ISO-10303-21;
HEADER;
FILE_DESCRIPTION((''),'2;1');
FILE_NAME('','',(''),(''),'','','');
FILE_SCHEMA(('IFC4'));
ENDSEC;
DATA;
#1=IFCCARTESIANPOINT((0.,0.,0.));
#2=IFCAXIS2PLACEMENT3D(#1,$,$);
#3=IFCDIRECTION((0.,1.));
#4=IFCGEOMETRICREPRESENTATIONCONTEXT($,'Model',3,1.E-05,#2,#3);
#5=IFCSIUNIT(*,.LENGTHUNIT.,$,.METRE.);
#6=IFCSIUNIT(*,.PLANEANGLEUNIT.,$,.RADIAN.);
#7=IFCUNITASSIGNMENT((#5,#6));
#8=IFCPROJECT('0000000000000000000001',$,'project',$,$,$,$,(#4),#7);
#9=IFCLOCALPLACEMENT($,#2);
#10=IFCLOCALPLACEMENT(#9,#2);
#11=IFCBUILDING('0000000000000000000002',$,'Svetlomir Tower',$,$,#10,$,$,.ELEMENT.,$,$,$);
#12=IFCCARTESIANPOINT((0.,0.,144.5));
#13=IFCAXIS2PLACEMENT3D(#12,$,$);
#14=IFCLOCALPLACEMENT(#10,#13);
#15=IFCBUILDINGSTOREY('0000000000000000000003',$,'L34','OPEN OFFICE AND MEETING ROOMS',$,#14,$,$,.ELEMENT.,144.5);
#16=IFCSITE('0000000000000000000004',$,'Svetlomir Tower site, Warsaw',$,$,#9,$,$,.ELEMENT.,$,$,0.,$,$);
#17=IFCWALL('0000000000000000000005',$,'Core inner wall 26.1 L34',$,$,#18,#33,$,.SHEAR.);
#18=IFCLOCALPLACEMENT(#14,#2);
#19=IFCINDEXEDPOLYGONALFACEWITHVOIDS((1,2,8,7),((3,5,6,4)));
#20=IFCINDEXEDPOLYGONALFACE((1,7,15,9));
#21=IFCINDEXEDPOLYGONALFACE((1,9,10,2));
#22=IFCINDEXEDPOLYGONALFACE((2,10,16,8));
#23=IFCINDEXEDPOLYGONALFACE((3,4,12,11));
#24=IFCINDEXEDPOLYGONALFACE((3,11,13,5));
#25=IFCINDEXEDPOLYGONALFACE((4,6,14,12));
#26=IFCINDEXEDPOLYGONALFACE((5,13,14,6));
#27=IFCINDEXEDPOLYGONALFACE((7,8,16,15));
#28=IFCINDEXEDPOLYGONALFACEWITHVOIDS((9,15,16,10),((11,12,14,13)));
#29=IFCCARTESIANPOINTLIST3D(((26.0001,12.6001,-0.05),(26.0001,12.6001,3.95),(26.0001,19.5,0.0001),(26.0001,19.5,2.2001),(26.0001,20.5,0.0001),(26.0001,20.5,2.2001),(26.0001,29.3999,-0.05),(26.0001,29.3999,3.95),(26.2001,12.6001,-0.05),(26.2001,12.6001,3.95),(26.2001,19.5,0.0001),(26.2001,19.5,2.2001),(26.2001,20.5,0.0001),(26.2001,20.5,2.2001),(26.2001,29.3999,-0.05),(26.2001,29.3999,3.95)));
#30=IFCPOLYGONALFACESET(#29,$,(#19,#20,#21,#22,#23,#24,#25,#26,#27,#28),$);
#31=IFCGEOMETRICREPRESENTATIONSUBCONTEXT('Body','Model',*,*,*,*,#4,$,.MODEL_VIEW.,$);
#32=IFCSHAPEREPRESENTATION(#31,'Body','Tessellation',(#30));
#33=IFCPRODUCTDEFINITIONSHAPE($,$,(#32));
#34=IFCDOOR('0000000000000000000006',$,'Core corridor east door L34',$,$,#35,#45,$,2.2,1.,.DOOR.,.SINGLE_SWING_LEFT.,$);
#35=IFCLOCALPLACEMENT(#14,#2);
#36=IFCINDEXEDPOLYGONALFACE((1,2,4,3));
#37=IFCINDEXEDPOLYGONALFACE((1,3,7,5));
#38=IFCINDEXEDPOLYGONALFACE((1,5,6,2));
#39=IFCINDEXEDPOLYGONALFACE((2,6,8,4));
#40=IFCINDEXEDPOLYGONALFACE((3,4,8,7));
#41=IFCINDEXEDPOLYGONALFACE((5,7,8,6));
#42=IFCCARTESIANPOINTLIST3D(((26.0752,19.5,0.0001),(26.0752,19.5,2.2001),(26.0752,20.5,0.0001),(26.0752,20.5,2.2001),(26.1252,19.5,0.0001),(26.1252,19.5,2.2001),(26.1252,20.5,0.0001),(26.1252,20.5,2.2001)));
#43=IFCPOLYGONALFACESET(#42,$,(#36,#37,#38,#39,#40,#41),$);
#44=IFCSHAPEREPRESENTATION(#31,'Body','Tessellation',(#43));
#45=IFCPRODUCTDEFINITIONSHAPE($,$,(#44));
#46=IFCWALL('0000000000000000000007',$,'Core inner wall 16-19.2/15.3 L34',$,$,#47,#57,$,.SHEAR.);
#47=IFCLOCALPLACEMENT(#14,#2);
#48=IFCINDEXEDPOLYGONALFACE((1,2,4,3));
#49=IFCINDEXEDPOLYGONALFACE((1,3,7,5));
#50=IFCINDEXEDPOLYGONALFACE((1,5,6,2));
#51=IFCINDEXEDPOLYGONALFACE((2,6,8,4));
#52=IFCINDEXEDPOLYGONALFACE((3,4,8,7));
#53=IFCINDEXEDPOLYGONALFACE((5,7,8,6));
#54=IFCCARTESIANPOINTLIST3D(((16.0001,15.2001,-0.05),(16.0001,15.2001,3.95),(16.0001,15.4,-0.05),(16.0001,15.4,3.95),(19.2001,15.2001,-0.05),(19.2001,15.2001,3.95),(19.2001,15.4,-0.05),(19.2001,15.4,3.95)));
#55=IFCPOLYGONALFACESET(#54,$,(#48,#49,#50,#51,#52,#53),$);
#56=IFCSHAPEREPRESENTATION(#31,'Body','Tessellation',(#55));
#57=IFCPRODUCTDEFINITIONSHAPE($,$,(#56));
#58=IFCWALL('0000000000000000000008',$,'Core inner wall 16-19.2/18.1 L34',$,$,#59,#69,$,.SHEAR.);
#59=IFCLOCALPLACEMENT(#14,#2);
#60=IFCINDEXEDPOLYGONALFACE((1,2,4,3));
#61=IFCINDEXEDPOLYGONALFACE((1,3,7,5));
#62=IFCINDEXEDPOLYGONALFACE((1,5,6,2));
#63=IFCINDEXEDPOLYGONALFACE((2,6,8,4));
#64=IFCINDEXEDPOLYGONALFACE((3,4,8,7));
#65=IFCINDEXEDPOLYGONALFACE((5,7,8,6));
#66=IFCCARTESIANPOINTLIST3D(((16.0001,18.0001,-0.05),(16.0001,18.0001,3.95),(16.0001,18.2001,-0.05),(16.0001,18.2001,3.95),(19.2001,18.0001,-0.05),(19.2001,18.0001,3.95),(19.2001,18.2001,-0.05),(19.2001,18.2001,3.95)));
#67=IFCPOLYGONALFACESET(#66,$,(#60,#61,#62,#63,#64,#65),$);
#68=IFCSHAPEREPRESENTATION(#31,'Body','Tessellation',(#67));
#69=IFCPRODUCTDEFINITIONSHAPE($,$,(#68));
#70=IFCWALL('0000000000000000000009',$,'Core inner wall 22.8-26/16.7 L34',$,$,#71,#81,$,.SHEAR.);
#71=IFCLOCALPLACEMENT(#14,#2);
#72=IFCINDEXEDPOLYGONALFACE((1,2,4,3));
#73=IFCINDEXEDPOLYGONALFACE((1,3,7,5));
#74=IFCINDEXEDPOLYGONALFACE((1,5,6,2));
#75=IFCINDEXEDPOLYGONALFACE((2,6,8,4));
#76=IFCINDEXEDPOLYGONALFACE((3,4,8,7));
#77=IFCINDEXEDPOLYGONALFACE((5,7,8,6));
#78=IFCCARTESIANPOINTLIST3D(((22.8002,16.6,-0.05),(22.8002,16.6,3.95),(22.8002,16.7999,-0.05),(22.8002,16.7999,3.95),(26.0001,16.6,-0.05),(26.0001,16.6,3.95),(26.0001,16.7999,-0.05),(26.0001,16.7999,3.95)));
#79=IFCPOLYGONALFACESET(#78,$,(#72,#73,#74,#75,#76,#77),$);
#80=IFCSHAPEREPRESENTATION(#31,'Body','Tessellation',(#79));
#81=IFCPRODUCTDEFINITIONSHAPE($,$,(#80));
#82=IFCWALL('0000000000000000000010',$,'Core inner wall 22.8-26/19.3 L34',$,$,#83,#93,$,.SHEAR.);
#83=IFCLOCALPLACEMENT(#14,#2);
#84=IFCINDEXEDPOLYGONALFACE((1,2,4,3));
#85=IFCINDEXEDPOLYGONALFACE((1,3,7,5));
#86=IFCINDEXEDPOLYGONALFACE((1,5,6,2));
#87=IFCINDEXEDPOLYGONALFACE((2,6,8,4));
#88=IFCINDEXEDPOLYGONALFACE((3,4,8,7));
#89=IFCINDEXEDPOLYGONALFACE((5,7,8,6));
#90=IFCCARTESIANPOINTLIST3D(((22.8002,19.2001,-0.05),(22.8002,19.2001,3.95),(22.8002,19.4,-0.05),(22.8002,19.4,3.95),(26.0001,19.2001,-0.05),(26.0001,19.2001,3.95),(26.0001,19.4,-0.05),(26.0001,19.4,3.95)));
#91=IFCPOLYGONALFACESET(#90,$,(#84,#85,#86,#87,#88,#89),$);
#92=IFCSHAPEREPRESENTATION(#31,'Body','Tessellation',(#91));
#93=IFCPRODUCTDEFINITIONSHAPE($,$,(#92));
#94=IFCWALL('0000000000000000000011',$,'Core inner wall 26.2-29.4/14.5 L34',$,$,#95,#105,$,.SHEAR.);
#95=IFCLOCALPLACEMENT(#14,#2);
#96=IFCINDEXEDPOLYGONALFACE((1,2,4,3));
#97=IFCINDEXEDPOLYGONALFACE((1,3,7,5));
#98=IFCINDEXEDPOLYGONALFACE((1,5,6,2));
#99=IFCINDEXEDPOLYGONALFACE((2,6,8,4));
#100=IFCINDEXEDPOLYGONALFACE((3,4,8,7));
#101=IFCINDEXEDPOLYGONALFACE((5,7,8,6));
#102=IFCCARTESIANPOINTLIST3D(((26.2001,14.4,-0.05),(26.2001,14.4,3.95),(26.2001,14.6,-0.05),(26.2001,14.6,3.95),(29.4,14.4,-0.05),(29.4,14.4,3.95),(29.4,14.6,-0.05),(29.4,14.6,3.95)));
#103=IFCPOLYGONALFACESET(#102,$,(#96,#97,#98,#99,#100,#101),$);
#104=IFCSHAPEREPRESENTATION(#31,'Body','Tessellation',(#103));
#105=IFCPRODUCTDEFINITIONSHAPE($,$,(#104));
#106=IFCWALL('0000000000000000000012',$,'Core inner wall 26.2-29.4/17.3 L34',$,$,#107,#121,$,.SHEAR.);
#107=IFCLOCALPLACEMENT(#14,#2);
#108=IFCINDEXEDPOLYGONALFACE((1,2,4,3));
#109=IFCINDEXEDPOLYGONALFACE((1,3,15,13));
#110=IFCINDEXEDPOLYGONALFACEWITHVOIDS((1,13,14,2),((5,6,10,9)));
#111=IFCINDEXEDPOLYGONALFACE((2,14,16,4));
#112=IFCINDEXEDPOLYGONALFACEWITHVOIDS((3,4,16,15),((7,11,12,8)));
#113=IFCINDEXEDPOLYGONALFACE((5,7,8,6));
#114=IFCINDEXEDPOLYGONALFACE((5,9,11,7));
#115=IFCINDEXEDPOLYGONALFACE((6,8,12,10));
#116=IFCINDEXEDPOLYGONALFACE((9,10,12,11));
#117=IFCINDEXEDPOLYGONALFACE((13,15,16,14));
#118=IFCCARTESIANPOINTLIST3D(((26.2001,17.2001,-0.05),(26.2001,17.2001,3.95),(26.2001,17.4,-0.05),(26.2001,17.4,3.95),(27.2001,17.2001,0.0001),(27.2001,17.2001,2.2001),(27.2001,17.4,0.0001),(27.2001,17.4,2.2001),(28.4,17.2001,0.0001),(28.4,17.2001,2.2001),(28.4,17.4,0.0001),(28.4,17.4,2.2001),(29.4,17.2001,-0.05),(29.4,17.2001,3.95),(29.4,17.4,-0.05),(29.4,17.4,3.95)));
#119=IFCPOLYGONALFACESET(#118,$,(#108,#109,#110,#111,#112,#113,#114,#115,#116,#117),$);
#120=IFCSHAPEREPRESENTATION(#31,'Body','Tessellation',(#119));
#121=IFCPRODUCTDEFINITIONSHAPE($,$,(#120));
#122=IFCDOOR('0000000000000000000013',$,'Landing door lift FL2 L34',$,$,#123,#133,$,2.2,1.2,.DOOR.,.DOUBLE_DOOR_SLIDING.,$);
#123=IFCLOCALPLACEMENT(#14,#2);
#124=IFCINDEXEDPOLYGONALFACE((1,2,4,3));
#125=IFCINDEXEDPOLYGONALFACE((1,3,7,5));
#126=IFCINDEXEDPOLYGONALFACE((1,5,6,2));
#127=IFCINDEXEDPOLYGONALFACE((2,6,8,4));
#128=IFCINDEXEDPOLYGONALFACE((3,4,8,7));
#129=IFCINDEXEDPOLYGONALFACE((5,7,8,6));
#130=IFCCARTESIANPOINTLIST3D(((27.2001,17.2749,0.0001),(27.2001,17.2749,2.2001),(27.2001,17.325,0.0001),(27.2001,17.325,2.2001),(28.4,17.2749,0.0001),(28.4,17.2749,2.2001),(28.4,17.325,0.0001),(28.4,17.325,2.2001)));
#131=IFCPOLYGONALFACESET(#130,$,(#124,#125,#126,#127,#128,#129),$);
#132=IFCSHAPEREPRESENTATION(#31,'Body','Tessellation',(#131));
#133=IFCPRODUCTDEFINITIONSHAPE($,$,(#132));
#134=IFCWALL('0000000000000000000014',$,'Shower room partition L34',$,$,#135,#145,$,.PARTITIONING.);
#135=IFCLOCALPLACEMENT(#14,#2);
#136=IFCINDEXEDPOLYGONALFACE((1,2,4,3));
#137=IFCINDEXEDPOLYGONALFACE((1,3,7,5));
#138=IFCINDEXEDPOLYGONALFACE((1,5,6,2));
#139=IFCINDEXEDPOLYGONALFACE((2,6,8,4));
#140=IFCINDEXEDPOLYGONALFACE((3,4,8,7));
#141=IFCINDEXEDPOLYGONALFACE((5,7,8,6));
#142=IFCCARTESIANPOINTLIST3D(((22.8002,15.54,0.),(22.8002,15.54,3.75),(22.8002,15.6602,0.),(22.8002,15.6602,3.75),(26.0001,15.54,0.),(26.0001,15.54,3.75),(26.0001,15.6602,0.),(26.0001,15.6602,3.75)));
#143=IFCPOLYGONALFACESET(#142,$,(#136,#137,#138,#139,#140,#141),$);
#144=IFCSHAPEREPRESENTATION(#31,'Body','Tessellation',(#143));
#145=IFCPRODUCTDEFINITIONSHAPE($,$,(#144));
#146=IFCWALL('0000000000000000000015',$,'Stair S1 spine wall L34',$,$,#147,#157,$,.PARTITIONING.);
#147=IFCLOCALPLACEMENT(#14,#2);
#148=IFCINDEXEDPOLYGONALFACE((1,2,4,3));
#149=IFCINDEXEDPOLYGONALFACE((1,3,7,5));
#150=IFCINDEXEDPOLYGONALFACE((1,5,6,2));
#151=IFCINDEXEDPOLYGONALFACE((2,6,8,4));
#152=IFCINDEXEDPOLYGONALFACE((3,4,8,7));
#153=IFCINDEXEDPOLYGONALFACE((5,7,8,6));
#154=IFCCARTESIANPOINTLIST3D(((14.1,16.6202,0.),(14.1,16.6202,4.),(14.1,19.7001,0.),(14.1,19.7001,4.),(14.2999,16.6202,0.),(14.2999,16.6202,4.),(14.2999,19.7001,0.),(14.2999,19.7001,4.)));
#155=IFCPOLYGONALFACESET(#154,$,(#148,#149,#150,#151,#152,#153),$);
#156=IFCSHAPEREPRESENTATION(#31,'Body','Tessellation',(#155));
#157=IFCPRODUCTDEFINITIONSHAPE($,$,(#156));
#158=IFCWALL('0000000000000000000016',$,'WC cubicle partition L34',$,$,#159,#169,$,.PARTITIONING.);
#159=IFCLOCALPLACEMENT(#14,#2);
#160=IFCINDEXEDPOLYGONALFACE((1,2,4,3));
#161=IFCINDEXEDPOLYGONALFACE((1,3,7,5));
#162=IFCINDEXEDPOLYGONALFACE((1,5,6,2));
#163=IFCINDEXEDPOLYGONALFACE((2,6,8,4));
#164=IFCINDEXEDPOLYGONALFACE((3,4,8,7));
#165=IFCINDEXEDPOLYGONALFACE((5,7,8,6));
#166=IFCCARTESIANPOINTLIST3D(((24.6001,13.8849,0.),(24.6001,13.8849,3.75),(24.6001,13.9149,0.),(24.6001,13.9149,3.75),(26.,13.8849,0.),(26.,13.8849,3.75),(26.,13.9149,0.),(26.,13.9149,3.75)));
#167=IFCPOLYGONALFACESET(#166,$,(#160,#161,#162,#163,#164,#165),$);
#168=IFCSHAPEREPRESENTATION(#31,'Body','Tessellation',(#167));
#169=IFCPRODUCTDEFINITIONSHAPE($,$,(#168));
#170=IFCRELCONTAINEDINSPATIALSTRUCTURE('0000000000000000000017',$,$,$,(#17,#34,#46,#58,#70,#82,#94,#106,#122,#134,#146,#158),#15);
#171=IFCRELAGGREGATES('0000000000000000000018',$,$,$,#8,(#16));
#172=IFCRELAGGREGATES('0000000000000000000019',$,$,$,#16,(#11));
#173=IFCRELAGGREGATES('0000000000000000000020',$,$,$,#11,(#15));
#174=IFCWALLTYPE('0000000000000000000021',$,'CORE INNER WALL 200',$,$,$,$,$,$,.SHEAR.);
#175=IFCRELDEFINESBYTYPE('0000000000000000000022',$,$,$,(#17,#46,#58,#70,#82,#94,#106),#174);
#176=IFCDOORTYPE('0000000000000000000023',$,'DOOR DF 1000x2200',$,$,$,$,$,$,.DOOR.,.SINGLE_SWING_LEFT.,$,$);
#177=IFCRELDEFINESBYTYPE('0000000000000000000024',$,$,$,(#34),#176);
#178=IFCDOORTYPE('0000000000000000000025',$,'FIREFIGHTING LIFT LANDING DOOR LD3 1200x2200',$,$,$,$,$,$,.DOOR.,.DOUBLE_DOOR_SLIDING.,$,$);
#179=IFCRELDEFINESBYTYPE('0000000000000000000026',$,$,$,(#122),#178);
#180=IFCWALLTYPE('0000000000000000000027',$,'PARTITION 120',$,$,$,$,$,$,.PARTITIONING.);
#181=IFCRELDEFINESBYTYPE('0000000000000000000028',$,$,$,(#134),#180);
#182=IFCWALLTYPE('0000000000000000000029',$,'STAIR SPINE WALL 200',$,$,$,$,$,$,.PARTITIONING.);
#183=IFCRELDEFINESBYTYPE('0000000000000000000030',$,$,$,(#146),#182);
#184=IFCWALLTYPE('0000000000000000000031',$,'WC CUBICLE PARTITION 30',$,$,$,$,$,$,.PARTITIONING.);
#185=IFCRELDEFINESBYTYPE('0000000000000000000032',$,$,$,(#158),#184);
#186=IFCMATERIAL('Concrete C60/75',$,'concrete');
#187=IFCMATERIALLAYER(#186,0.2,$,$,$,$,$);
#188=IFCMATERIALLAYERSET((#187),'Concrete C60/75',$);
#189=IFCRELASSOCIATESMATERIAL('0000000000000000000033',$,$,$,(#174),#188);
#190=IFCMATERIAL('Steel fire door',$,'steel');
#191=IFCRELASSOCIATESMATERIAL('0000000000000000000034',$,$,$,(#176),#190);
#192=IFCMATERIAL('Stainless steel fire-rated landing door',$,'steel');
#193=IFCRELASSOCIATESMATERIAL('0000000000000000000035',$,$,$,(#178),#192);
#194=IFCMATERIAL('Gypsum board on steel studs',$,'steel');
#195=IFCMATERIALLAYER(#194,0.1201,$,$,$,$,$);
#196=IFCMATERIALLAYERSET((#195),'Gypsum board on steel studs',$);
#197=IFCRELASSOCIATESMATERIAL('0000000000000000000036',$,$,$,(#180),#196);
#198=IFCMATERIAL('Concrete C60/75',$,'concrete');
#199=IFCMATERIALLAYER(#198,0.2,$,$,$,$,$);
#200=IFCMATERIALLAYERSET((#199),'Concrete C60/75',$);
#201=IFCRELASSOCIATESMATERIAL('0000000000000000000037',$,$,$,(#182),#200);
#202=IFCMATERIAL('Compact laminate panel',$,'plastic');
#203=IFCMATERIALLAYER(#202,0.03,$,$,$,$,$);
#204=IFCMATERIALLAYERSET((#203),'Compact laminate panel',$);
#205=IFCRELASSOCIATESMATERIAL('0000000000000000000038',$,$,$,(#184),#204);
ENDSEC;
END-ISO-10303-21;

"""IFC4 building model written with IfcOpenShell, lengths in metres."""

from ifc_helpers import new_model, si_unit, direction, frame, frame_2d, origin, place, context, subcontext, project, spatial, rectangle, extrude, material, layer, layer_set, type_object, element, fill, save


model = new_model("IFC4")

# Units and contexts
model_context = context("Model", 3, precision=1e-05, world=origin(), true_north=direction((0.0, 1.0)))
body_context = subcontext(model_context, "Body", "Model", "MODEL_VIEW")
ifc_project = project(units=[si_unit("LENGTHUNIT", "METRE"), si_unit("PLANEANGLEUNIT", "RADIAN")], contexts=[model_context])

# Site, building, storey
site_placement = place(None, origin())
site = spatial("IfcSite", under=ifc_project, at=site_placement, Name="Svetlomir Tower site, Warsaw", CompositionType="ELEMENT", RefElevation=0.0)
building_placement = place(site_placement, origin())
building = spatial("IfcBuilding", under=site, at=building_placement, Name="Svetlomir Tower", CompositionType="ELEMENT")
storey_placement = place(building_placement, frame((0.0, 0.0, 144.5)))
storey = spatial("IfcBuildingStorey", under=building, at=storey_placement, Name="L34", Description="OPEN OFFICE AND MEETING ROOMS", CompositionType="ELEMENT", Elevation=144.5)

# Wall, opening, door
ifc_material_1 = material(Name="Concrete C60/75", Category="concrete")
ifc_layer_1 = layer(ifc_material_1, 0.2)
ifc_layer_set_1 = layer_set([ifc_layer_1], Name="Concrete C60/75")
wall_type_1 = type_object("IfcWallType", Name="CORE INNER WALL 200", PredefinedType="SHEAR", material=ifc_layer_set_1)
wall_1_placement = place(storey_placement, frame((26.1001, 12.6001, -0.05), z_axis=(0.0, 0.0, 1.0), x_axis=(0.0, 1.0, 0.0)))
wall_1 = element("IfcWall", 1, at=wall_1_placement, inside=storey, type_object=wall_type_1, Name="Core inner wall 26.1 L34", PredefinedType="SHEAR", context=body_context, shape_type="SweptSolid", body=[
    extrude(rectangle(XDim=16.7998, YDim=0.2, at=frame_2d((8.3999, 0.0))), origin(), (0.0, 0.0, 1.0), 4.0),
])
opening_1_placement = place(wall_1_placement, frame((6.8999, 0.0, 0.05)))
opening_1 = element("IfcOpeningElement", 2, at=opening_1_placement, cuts=wall_1, PredefinedType="OPENING", context=body_context, shape_type="SweptSolid", body=[
    extrude(rectangle(XDim=1.0, YDim=2.2, at=frame_2d((0.5, 1.1001))), frame((0.0, 0.1099, 0.0), z_axis=(0.0, -1.0, 0.0), x_axis=(1.0, 0.0, 0.0)), (0.0, 0.0, 1.0), 0.22),
])
ifc_material_2 = material(Name="Steel fire door", Category="steel")
door_type_1 = type_object("IfcDoorType", Name="DOOR DF 1000x2200", OperationType="SINGLE_SWING_LEFT", PredefinedType="DOOR", material=ifc_material_2)
door_1_placement = place(opening_1_placement, origin())
door_1 = element("IfcDoor", 3, at=door_1_placement, inside=storey, type_object=door_type_1, Name="Core corridor east door L34", OperationType="SINGLE_SWING_LEFT", OverallHeight=2.2, OverallWidth=1.0, PredefinedType="DOOR", context=body_context, shape_type="SweptSolid", body=[
    extrude(rectangle(XDim=1.0, YDim=2.2, at=frame_2d((0.5, 1.1001))), frame((0.0, 0.0249, 0.0), z_axis=(0.0, -1.0, 0.0), x_axis=(1.0, 0.0, 0.0)), (0.0, 0.0, 1.0), 0.05),
])
fill(opening_1, door_1)

# Walls
for number, where, z_axis, x_axis, name in (
    (4, (16.0, 15.3, -0.05), (0.0, 0.0, 1.0), (1.0, 0.0, 0.0), "Core inner wall 16-19.2/15.3 L34"),
    (5, (16.0, 18.1001, -0.05), (0.0, 0.0, 1.0), (1.0, 0.0, 0.0), "Core inner wall 16-19.2/18.1 L34"),
    (6, (22.8, 16.7, -0.05), (0.0, 0.0, 1.0), (1.0, 0.0, 0.0), "Core inner wall 22.8-26/16.7 L34"),
    (7, (22.8, 19.3, -0.05), (0.0, 0.0, 1.0), (1.0, 0.0, 0.0), "Core inner wall 22.8-26/19.3 L34"),
    (8, (26.2, 14.5, -0.05), (0.0, 0.0, 1.0), (1.0, 0.0, 0.0), "Core inner wall 26.2-29.4/14.5 L34"),
):
    element("IfcWall", number, at=place(storey_placement, frame(where, z_axis=z_axis, x_axis=x_axis)), inside=storey, type_object=wall_type_1, Name=name, PredefinedType="SHEAR", context=body_context, shape_type="SweptSolid", body=[
        extrude(rectangle(XDim=3.2, YDim=0.2, at=frame_2d((1.6001, 0.0))), origin(), (0.0, 0.0, 1.0), 4.0),
    ])

# Wall, opening, door
wall_2_placement = place(storey_placement, frame((26.2, 17.3, -0.05), z_axis=(0.0, 0.0, 1.0), x_axis=(1.0, 0.0, 0.0)))
wall_2 = element("IfcWall", 9, at=wall_2_placement, inside=storey, type_object=wall_type_1, Name="Core inner wall 26.2-29.4/17.3 L34", PredefinedType="SHEAR", context=body_context, shape_type="SweptSolid", body=[
    extrude(rectangle(XDim=3.2, YDim=0.2, at=frame_2d((1.6001, 0.0))), origin(), (0.0, 0.0, 1.0), 4.0),
])
opening_2_placement = place(wall_2_placement, frame((1.0, 0.0, 0.05)))
opening_2 = element("IfcOpeningElement", 10, at=opening_2_placement, cuts=wall_2, PredefinedType="OPENING", context=body_context, shape_type="SweptSolid", body=[
    extrude(rectangle(XDim=1.2, YDim=2.2, at=frame_2d((0.6001, 1.1001))), frame((0.0, 0.1099, 0.0), z_axis=(0.0, -1.0, 0.0), x_axis=(1.0, 0.0, 0.0)), (0.0, 0.0, 1.0), 0.22),
])
ifc_material_3 = material(Name="Stainless steel fire-rated landing door", Category="steel")
door_type_2 = type_object("IfcDoorType", Name="FIREFIGHTING LIFT LANDING DOOR LD3 1200x2200", OperationType="DOUBLE_DOOR_SLIDING", PredefinedType="DOOR", material=ifc_material_3)
door_2_placement = place(opening_2_placement, origin())
door_2 = element("IfcDoor", 11, at=door_2_placement, inside=storey, type_object=door_type_2, Name="Landing door lift FL2 L34", OperationType="DOUBLE_DOOR_SLIDING", OverallHeight=2.2, OverallWidth=1.2, PredefinedType="DOOR", context=body_context, shape_type="SweptSolid", body=[
    extrude(rectangle(XDim=1.2, YDim=2.2, at=frame_2d((0.6001, 1.1001))), frame((0.0, 0.0249, 0.0), z_axis=(0.0, -1.0, 0.0), x_axis=(1.0, 0.0, 0.0)), (0.0, 0.0, 1.0), 0.05),
])
fill(opening_2, door_2)

# Walls
ifc_material_4 = material(Name="Gypsum board on steel studs", Category="steel")
ifc_layer_2 = layer(ifc_material_4, 0.1201)
ifc_layer_set_2 = layer_set([ifc_layer_2], Name="Gypsum board on steel studs")
wall_type_2 = type_object("IfcWallType", Name="PARTITION 120", PredefinedType="PARTITIONING", material=ifc_layer_set_2)
wall_3_placement = place(storey_placement, frame((22.8, 15.6001, 0.0), z_axis=(0.0, 0.0, 1.0), x_axis=(1.0, 0.0, 0.0)))
element("IfcWall", 12, at=wall_3_placement, inside=storey, type_object=wall_type_2, Name="Shower room partition L34", PredefinedType="PARTITIONING", context=body_context, shape_type="SweptSolid", body=[
    extrude(rectangle(XDim=3.2, YDim=0.1201, at=frame_2d((1.6001, 0.0))), origin(), (0.0, 0.0, 1.0), 3.75),
])
ifc_material_5 = material(Name="Concrete C60/75", Category="concrete")
ifc_layer_3 = layer(ifc_material_5, 0.2)
ifc_layer_set_3 = layer_set([ifc_layer_3], Name="Concrete C60/75")
wall_type_3 = type_object("IfcWallType", Name="STAIR SPINE WALL 200", PredefinedType="PARTITIONING", material=ifc_layer_set_3)
wall_4_placement = place(storey_placement, frame((14.2, 16.6201, 0.0), z_axis=(0.0, 0.0, 1.0), x_axis=(0.0, 1.0, 0.0)))
element("IfcWall", 13, at=wall_4_placement, inside=storey, type_object=wall_type_3, Name="Stair S1 spine wall L34", PredefinedType="PARTITIONING", context=body_context, shape_type="SweptSolid", body=[
    extrude(rectangle(XDim=3.0798, YDim=0.2, at=frame_2d((1.54, 0.0))), origin(), (0.0, 0.0, 1.0), 4.0),
])
ifc_material_6 = material(Name="Compact laminate panel", Category="plastic")
ifc_layer_4 = layer(ifc_material_6, 0.03)
ifc_layer_set_4 = layer_set([ifc_layer_4], Name="Compact laminate panel")
wall_type_4 = type_object("IfcWallType", Name="WC CUBICLE PARTITION 30", PredefinedType="PARTITIONING", material=ifc_layer_set_4)
wall_5_placement = place(storey_placement, frame((24.6001, 13.8999, 0.0), z_axis=(0.0, 0.0, 1.0), x_axis=(1.0, 0.0, 0.0)))
element("IfcWall", 14, at=wall_5_placement, inside=storey, type_object=wall_type_4, Name="WC cubicle partition L34", PredefinedType="PARTITIONING", context=body_context, shape_type="SweptSolid", body=[
    extrude(rectangle(XDim=1.3999, YDim=0.03, at=frame_2d((0.7, 0.0))), origin(), (0.0, 0.0, 1.0), 3.75),
])

save(model, "model.ifc")
